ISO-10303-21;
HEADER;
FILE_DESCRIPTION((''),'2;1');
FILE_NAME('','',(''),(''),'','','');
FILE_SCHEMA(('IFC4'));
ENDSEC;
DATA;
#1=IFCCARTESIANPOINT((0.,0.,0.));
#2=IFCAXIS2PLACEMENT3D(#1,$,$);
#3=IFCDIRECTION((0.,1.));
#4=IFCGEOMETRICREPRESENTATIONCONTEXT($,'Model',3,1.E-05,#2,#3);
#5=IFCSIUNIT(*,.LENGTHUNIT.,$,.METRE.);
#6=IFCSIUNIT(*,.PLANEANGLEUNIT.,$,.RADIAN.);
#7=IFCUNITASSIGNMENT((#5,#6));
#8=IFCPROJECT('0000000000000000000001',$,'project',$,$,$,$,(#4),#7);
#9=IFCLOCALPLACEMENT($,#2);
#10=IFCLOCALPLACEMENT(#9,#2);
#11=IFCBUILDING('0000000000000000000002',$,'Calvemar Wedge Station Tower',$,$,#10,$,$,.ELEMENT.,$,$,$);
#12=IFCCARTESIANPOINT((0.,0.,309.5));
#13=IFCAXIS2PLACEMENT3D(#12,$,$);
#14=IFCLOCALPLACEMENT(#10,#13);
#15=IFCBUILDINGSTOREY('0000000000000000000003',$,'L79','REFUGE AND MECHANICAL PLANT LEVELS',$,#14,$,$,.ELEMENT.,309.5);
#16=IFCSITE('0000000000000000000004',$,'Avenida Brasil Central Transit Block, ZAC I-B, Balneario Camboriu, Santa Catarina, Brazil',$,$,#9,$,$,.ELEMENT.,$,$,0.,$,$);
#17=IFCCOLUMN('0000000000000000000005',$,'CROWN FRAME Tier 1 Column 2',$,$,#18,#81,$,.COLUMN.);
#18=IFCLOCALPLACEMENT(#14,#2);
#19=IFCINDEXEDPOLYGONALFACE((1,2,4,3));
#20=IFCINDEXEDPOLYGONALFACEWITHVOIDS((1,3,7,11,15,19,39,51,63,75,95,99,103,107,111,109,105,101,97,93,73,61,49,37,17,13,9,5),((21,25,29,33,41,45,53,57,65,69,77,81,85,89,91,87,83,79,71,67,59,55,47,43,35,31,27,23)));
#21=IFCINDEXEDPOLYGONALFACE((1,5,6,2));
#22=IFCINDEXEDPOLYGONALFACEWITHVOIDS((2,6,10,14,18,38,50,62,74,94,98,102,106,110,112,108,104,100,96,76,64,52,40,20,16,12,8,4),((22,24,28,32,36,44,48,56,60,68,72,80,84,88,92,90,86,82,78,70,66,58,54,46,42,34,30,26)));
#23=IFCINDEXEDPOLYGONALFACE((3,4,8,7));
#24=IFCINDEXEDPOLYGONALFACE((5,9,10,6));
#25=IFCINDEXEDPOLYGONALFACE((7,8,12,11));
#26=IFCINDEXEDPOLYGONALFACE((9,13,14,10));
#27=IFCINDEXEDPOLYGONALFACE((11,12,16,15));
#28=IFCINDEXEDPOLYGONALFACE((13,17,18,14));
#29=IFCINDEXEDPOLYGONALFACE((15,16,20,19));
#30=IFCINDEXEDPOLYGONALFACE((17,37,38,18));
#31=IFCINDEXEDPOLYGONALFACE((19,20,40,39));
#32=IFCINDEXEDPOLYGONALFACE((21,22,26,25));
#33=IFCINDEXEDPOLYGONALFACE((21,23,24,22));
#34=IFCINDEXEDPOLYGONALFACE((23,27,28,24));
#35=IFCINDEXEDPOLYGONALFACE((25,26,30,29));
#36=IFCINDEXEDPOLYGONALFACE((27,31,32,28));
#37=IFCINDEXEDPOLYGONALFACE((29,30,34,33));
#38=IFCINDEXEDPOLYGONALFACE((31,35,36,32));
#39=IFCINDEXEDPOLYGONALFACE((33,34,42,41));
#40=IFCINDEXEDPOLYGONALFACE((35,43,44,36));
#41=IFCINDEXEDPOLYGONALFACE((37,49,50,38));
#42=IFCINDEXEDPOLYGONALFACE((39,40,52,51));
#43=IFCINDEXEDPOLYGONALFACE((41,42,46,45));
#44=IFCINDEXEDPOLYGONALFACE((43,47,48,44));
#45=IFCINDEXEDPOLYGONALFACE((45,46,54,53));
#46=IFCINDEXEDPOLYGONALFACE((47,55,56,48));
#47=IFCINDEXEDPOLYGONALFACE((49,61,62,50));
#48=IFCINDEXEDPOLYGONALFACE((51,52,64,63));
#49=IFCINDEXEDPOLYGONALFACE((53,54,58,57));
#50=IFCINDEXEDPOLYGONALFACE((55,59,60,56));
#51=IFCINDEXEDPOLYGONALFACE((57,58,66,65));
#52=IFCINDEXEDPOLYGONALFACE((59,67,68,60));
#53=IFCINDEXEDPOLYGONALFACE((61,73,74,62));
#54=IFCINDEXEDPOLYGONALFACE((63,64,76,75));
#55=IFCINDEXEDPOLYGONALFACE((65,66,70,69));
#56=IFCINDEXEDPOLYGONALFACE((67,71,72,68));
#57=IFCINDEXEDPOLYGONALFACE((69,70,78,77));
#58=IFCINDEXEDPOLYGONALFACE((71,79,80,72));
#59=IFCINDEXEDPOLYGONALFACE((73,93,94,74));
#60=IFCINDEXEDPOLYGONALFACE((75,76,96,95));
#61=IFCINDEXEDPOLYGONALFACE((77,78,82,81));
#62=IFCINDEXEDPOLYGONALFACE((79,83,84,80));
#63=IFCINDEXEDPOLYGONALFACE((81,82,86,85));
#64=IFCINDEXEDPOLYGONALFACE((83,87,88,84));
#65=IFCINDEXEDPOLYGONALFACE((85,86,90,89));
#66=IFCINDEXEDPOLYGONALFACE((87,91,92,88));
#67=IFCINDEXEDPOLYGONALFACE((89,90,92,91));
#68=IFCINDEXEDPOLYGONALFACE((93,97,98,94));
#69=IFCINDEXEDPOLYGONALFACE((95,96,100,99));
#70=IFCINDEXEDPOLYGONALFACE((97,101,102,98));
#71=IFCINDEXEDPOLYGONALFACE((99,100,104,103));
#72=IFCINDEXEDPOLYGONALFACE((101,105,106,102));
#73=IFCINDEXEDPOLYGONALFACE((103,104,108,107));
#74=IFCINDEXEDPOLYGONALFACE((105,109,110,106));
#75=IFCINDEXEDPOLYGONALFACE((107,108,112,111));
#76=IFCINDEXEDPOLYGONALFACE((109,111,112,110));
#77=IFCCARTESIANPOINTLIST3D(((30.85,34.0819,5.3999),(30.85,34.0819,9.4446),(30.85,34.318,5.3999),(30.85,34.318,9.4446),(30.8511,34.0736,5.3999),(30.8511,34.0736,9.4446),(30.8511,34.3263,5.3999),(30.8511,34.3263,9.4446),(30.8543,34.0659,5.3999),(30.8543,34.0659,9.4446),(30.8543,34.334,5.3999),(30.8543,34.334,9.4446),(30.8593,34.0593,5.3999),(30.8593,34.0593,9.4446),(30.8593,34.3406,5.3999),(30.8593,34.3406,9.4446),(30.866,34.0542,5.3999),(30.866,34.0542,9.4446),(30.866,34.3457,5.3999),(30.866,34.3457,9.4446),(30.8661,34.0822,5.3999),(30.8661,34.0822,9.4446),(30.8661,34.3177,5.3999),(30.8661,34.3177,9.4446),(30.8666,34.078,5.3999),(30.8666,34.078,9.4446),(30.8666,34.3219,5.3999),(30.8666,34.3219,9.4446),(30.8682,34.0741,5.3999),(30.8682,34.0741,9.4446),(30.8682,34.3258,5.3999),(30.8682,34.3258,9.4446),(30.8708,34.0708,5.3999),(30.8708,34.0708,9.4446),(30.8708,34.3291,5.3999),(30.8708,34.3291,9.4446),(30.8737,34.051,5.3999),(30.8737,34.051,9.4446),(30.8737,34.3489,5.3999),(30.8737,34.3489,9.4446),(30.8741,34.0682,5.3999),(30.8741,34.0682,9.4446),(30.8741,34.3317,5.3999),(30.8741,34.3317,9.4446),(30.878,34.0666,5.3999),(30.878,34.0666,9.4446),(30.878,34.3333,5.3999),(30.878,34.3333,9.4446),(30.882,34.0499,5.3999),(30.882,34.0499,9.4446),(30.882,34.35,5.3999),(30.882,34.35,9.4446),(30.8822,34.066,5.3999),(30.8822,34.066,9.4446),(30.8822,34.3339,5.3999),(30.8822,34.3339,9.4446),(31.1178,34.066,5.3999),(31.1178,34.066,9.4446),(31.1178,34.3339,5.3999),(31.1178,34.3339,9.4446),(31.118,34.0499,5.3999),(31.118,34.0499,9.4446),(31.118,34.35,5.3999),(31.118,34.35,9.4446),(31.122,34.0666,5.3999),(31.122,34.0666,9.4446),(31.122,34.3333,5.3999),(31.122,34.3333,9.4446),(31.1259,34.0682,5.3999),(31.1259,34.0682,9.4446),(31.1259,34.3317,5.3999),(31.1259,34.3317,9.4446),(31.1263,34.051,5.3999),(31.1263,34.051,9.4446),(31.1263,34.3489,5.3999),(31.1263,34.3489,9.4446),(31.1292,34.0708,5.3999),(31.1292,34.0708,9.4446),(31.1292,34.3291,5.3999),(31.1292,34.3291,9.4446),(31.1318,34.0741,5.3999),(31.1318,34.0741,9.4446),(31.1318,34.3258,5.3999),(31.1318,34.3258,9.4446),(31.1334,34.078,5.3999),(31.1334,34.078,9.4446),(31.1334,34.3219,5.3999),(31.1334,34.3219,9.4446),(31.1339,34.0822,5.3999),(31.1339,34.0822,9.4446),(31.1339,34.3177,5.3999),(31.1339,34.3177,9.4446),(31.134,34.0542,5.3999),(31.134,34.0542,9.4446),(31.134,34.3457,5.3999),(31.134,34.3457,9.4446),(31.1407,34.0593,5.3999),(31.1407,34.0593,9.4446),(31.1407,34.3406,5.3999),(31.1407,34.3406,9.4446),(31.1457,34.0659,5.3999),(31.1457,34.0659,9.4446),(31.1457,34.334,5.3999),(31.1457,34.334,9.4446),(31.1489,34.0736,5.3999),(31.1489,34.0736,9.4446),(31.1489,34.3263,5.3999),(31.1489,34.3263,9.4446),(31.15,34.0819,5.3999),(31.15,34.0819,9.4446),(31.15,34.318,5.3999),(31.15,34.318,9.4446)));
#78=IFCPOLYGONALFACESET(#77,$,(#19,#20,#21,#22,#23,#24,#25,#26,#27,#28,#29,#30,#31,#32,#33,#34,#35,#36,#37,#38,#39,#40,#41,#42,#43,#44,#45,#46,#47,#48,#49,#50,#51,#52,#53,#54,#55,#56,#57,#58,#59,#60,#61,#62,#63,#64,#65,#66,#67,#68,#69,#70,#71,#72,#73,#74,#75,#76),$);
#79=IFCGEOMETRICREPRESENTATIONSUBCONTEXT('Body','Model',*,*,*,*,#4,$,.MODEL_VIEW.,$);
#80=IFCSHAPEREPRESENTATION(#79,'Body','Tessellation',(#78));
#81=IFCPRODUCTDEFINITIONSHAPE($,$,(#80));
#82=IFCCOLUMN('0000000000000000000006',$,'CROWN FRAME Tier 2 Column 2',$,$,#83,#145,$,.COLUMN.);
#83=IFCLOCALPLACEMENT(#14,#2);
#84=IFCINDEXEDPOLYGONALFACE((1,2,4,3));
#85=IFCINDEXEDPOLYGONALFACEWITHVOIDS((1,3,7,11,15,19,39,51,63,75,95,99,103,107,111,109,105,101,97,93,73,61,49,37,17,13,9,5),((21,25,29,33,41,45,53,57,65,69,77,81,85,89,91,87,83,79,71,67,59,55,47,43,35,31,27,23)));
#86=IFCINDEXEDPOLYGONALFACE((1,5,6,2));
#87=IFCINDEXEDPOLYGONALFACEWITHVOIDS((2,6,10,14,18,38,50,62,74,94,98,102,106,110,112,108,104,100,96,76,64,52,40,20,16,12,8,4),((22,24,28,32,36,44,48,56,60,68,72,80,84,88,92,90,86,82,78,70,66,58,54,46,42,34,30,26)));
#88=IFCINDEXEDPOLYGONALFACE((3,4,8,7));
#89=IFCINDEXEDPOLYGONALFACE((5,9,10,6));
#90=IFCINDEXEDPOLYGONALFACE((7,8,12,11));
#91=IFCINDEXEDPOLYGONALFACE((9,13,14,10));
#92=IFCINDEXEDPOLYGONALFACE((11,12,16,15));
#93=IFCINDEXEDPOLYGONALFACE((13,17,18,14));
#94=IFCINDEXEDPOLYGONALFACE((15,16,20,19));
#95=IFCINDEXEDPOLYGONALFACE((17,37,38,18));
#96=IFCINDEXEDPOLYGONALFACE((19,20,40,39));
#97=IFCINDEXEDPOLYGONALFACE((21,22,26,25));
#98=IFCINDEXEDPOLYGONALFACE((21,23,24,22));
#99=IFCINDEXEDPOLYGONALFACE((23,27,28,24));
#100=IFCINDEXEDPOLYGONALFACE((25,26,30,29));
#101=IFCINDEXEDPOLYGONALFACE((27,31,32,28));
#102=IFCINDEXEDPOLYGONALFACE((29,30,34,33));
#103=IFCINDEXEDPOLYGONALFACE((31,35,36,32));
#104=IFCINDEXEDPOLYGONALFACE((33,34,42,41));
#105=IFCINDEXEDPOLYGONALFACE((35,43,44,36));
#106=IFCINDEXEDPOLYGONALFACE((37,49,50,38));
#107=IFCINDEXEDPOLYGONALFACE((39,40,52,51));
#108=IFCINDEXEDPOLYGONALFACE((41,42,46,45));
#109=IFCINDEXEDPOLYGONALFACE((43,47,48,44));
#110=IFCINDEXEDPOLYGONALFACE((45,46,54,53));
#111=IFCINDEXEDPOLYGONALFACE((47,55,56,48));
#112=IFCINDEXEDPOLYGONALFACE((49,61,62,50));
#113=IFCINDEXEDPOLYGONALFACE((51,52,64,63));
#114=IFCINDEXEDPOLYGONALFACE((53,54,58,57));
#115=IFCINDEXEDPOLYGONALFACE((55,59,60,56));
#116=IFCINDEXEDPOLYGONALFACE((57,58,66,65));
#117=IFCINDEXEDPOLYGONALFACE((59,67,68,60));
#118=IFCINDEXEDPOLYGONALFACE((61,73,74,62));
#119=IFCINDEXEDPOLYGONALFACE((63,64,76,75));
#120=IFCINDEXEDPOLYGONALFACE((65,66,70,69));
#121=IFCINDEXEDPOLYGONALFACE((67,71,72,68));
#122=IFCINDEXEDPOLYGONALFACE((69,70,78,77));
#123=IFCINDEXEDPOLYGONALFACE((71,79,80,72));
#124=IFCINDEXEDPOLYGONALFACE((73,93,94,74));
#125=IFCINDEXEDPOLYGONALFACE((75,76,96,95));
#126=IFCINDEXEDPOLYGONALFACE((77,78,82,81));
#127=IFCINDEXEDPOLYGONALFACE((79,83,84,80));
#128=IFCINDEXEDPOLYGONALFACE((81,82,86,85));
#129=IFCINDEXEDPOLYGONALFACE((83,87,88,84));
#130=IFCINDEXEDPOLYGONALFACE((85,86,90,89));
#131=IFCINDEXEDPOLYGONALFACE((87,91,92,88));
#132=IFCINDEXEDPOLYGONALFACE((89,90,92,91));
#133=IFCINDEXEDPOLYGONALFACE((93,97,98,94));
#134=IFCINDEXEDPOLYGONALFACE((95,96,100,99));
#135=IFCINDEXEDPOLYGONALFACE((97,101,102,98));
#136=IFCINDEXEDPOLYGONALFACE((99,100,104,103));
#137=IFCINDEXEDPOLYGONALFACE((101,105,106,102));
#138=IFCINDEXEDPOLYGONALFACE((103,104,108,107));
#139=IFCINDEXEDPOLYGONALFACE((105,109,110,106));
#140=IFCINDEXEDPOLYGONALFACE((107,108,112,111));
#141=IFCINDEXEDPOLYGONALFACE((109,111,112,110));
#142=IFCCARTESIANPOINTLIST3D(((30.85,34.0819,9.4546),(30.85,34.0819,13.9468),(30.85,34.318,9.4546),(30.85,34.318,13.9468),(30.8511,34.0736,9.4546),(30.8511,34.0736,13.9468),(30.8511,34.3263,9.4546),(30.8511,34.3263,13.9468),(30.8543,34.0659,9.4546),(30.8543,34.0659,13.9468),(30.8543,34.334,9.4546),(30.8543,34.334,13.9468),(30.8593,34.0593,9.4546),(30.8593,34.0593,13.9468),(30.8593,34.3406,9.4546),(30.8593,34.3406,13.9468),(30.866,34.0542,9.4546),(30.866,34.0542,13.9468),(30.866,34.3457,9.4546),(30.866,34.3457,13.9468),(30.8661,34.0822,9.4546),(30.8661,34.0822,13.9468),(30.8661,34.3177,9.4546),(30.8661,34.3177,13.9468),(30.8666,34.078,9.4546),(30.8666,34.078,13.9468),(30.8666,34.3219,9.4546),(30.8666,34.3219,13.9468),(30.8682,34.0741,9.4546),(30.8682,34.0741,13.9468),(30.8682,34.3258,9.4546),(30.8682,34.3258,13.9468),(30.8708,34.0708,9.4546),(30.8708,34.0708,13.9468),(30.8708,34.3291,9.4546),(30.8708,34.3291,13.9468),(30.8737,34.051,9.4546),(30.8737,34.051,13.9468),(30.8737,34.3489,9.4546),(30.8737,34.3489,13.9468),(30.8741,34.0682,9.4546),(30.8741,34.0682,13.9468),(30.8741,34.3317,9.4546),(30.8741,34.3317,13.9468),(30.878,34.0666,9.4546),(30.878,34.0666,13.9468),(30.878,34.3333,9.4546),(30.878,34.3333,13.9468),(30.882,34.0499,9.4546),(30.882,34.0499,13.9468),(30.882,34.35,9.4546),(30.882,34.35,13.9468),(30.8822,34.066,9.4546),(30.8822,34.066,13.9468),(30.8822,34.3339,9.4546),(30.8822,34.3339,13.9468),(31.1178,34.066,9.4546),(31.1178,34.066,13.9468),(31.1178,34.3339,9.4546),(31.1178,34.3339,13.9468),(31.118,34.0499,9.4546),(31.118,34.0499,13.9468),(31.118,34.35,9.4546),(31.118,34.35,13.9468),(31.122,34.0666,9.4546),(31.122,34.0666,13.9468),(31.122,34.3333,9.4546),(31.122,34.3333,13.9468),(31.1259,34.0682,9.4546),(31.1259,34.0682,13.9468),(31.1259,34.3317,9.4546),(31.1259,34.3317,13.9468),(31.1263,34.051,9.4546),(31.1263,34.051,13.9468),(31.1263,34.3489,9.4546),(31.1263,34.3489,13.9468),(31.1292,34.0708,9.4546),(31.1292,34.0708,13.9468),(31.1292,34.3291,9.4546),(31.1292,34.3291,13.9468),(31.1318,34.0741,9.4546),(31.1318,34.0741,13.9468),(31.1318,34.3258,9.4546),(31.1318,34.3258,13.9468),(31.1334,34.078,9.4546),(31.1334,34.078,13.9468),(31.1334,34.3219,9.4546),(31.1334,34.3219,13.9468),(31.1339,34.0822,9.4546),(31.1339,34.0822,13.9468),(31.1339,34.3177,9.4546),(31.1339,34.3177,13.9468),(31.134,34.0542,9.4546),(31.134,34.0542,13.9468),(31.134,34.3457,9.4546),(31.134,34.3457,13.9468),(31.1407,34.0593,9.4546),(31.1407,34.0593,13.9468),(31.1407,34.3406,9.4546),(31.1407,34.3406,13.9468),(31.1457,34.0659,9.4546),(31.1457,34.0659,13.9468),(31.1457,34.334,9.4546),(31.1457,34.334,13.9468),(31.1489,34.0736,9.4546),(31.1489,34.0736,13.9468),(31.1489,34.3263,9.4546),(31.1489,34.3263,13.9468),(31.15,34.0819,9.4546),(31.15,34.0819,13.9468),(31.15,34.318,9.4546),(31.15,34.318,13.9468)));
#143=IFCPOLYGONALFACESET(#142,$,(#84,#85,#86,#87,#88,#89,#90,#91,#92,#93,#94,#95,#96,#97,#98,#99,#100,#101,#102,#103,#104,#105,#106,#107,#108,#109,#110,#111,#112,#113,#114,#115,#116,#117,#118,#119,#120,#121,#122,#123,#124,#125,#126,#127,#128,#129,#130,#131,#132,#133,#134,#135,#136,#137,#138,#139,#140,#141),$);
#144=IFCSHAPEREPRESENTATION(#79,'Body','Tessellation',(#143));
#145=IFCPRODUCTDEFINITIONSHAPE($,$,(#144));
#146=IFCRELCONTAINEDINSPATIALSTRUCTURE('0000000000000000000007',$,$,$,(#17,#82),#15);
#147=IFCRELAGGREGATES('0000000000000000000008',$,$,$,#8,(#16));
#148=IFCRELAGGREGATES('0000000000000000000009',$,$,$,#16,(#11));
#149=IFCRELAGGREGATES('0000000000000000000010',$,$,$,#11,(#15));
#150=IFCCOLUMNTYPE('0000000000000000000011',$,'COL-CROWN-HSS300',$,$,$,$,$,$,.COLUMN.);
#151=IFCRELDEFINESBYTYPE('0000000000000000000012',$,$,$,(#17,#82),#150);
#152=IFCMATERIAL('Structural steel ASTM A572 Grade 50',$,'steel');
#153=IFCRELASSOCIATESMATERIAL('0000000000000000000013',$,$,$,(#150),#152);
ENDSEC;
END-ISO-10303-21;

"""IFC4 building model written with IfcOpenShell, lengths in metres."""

from ifc_helpers import new_model, si_unit, direction, frame, origin, origin_2d, place, context, subcontext, project, spatial, hollow_rectangle, extrude, source, transform, mapped, material, material_profile, profile_set, type_object, element, save


model = new_model("IFC4")

# Units and contexts
model_context = context("Model", 3, precision=1e-05, world=origin(), true_north=direction((0.0, 1.0)))
body_context = subcontext(model_context, "Body", "Model", "MODEL_VIEW")
ifc_project = project(units=[si_unit("LENGTHUNIT", "METRE"), si_unit("PLANEANGLEUNIT", "RADIAN")], contexts=[model_context])

# Site, building, storey
site_placement = place(None, origin())
site = spatial("IfcSite", under=ifc_project, at=site_placement, Name="Avenida Brasil Central Transit Block, ZAC I-B, Balneario Camboriu, Santa Catarina, Brazil", CompositionType="ELEMENT", RefElevation=0.0)
building_placement = place(site_placement, origin())
building = spatial("IfcBuilding", under=site, at=building_placement, Name="Calvemar Wedge Station Tower", CompositionType="ELEMENT")
storey_placement = place(building_placement, frame((0.0, 0.0, 309.5)))
storey = spatial("IfcBuildingStorey", under=building, at=storey_placement, Name="L79", Description="REFUGE AND MECHANICAL PLANT LEVELS", CompositionType="ELEMENT", Elevation=309.5)

# Columns
ifc_material_1 = material(Name="Structural steel ASTM A572 Grade 50", Category="steel")
ifc_material_profile_1 = material_profile(ifc_material_1, hollow_rectangle(XDim=0.3, YDim=0.3, WallThickness=0.0161, InnerFilletRadius=0.0161, OuterFilletRadius=0.032, at=origin_2d()), Name="HSS300x300x16")
ifc_profile_set_1 = profile_set([ifc_material_profile_1], Name="Structural steel ASTM A572 Grade 50")
column_type = type_object("IfcColumnType", Name="COL-CROWN-HSS300", PredefinedType="COLUMN", material=ifc_profile_set_1)
shared_shape_1 = source(origin(), body_context, "Body", "SweptSolid", [
    extrude(hollow_rectangle(XDim=0.3, YDim=0.3, WallThickness=0.0161, InnerFilletRadius=0.0161, OuterFilletRadius=0.032, at=origin_2d()), origin(), (0.0, 0.0, 1.0), 4.0447),
])
column_1_placement = place(storey_placement, frame((31.0, 34.2, 5.3999), z_axis=(0.0, 0.0, 1.0), x_axis=(1.0, 0.0, 0.0)))
element("IfcColumn", 1, at=column_1_placement, inside=storey, type_object=column_type, Name="CROWN FRAME Tier 1 Column 2", PredefinedType="COLUMN", context=body_context, shape_type="MappedRepresentation", body=[
    mapped(shared_shape_1, transform((0.0, 0.0, 0.0), scale=1.0)),
])
shared_shape_2 = source(origin(), body_context, "Body", "SweptSolid", [
    extrude(hollow_rectangle(XDim=0.3, YDim=0.3, WallThickness=0.0161, InnerFilletRadius=0.0161, OuterFilletRadius=0.032, at=origin_2d()), origin(), (0.0, 0.0, 1.0), 4.4922),
])
for number, where, z_axis, x_axis, name in (
    (2, (31.0, 34.2, 9.4546), (0.0, 0.0, 1.0), (1.0, 0.0, 0.0), "CROWN FRAME Tier 2 Column 2"),
):
    element("IfcColumn", number, at=place(storey_placement, frame(where, z_axis=z_axis, x_axis=x_axis)), inside=storey, type_object=column_type, Name=name, PredefinedType="COLUMN", context=body_context, shape_type="MappedRepresentation", body=[
        mapped(shared_shape_2, transform((0.0, 0.0, 0.0), scale=1.0)),
    ])

save(model, "model.ifc")
